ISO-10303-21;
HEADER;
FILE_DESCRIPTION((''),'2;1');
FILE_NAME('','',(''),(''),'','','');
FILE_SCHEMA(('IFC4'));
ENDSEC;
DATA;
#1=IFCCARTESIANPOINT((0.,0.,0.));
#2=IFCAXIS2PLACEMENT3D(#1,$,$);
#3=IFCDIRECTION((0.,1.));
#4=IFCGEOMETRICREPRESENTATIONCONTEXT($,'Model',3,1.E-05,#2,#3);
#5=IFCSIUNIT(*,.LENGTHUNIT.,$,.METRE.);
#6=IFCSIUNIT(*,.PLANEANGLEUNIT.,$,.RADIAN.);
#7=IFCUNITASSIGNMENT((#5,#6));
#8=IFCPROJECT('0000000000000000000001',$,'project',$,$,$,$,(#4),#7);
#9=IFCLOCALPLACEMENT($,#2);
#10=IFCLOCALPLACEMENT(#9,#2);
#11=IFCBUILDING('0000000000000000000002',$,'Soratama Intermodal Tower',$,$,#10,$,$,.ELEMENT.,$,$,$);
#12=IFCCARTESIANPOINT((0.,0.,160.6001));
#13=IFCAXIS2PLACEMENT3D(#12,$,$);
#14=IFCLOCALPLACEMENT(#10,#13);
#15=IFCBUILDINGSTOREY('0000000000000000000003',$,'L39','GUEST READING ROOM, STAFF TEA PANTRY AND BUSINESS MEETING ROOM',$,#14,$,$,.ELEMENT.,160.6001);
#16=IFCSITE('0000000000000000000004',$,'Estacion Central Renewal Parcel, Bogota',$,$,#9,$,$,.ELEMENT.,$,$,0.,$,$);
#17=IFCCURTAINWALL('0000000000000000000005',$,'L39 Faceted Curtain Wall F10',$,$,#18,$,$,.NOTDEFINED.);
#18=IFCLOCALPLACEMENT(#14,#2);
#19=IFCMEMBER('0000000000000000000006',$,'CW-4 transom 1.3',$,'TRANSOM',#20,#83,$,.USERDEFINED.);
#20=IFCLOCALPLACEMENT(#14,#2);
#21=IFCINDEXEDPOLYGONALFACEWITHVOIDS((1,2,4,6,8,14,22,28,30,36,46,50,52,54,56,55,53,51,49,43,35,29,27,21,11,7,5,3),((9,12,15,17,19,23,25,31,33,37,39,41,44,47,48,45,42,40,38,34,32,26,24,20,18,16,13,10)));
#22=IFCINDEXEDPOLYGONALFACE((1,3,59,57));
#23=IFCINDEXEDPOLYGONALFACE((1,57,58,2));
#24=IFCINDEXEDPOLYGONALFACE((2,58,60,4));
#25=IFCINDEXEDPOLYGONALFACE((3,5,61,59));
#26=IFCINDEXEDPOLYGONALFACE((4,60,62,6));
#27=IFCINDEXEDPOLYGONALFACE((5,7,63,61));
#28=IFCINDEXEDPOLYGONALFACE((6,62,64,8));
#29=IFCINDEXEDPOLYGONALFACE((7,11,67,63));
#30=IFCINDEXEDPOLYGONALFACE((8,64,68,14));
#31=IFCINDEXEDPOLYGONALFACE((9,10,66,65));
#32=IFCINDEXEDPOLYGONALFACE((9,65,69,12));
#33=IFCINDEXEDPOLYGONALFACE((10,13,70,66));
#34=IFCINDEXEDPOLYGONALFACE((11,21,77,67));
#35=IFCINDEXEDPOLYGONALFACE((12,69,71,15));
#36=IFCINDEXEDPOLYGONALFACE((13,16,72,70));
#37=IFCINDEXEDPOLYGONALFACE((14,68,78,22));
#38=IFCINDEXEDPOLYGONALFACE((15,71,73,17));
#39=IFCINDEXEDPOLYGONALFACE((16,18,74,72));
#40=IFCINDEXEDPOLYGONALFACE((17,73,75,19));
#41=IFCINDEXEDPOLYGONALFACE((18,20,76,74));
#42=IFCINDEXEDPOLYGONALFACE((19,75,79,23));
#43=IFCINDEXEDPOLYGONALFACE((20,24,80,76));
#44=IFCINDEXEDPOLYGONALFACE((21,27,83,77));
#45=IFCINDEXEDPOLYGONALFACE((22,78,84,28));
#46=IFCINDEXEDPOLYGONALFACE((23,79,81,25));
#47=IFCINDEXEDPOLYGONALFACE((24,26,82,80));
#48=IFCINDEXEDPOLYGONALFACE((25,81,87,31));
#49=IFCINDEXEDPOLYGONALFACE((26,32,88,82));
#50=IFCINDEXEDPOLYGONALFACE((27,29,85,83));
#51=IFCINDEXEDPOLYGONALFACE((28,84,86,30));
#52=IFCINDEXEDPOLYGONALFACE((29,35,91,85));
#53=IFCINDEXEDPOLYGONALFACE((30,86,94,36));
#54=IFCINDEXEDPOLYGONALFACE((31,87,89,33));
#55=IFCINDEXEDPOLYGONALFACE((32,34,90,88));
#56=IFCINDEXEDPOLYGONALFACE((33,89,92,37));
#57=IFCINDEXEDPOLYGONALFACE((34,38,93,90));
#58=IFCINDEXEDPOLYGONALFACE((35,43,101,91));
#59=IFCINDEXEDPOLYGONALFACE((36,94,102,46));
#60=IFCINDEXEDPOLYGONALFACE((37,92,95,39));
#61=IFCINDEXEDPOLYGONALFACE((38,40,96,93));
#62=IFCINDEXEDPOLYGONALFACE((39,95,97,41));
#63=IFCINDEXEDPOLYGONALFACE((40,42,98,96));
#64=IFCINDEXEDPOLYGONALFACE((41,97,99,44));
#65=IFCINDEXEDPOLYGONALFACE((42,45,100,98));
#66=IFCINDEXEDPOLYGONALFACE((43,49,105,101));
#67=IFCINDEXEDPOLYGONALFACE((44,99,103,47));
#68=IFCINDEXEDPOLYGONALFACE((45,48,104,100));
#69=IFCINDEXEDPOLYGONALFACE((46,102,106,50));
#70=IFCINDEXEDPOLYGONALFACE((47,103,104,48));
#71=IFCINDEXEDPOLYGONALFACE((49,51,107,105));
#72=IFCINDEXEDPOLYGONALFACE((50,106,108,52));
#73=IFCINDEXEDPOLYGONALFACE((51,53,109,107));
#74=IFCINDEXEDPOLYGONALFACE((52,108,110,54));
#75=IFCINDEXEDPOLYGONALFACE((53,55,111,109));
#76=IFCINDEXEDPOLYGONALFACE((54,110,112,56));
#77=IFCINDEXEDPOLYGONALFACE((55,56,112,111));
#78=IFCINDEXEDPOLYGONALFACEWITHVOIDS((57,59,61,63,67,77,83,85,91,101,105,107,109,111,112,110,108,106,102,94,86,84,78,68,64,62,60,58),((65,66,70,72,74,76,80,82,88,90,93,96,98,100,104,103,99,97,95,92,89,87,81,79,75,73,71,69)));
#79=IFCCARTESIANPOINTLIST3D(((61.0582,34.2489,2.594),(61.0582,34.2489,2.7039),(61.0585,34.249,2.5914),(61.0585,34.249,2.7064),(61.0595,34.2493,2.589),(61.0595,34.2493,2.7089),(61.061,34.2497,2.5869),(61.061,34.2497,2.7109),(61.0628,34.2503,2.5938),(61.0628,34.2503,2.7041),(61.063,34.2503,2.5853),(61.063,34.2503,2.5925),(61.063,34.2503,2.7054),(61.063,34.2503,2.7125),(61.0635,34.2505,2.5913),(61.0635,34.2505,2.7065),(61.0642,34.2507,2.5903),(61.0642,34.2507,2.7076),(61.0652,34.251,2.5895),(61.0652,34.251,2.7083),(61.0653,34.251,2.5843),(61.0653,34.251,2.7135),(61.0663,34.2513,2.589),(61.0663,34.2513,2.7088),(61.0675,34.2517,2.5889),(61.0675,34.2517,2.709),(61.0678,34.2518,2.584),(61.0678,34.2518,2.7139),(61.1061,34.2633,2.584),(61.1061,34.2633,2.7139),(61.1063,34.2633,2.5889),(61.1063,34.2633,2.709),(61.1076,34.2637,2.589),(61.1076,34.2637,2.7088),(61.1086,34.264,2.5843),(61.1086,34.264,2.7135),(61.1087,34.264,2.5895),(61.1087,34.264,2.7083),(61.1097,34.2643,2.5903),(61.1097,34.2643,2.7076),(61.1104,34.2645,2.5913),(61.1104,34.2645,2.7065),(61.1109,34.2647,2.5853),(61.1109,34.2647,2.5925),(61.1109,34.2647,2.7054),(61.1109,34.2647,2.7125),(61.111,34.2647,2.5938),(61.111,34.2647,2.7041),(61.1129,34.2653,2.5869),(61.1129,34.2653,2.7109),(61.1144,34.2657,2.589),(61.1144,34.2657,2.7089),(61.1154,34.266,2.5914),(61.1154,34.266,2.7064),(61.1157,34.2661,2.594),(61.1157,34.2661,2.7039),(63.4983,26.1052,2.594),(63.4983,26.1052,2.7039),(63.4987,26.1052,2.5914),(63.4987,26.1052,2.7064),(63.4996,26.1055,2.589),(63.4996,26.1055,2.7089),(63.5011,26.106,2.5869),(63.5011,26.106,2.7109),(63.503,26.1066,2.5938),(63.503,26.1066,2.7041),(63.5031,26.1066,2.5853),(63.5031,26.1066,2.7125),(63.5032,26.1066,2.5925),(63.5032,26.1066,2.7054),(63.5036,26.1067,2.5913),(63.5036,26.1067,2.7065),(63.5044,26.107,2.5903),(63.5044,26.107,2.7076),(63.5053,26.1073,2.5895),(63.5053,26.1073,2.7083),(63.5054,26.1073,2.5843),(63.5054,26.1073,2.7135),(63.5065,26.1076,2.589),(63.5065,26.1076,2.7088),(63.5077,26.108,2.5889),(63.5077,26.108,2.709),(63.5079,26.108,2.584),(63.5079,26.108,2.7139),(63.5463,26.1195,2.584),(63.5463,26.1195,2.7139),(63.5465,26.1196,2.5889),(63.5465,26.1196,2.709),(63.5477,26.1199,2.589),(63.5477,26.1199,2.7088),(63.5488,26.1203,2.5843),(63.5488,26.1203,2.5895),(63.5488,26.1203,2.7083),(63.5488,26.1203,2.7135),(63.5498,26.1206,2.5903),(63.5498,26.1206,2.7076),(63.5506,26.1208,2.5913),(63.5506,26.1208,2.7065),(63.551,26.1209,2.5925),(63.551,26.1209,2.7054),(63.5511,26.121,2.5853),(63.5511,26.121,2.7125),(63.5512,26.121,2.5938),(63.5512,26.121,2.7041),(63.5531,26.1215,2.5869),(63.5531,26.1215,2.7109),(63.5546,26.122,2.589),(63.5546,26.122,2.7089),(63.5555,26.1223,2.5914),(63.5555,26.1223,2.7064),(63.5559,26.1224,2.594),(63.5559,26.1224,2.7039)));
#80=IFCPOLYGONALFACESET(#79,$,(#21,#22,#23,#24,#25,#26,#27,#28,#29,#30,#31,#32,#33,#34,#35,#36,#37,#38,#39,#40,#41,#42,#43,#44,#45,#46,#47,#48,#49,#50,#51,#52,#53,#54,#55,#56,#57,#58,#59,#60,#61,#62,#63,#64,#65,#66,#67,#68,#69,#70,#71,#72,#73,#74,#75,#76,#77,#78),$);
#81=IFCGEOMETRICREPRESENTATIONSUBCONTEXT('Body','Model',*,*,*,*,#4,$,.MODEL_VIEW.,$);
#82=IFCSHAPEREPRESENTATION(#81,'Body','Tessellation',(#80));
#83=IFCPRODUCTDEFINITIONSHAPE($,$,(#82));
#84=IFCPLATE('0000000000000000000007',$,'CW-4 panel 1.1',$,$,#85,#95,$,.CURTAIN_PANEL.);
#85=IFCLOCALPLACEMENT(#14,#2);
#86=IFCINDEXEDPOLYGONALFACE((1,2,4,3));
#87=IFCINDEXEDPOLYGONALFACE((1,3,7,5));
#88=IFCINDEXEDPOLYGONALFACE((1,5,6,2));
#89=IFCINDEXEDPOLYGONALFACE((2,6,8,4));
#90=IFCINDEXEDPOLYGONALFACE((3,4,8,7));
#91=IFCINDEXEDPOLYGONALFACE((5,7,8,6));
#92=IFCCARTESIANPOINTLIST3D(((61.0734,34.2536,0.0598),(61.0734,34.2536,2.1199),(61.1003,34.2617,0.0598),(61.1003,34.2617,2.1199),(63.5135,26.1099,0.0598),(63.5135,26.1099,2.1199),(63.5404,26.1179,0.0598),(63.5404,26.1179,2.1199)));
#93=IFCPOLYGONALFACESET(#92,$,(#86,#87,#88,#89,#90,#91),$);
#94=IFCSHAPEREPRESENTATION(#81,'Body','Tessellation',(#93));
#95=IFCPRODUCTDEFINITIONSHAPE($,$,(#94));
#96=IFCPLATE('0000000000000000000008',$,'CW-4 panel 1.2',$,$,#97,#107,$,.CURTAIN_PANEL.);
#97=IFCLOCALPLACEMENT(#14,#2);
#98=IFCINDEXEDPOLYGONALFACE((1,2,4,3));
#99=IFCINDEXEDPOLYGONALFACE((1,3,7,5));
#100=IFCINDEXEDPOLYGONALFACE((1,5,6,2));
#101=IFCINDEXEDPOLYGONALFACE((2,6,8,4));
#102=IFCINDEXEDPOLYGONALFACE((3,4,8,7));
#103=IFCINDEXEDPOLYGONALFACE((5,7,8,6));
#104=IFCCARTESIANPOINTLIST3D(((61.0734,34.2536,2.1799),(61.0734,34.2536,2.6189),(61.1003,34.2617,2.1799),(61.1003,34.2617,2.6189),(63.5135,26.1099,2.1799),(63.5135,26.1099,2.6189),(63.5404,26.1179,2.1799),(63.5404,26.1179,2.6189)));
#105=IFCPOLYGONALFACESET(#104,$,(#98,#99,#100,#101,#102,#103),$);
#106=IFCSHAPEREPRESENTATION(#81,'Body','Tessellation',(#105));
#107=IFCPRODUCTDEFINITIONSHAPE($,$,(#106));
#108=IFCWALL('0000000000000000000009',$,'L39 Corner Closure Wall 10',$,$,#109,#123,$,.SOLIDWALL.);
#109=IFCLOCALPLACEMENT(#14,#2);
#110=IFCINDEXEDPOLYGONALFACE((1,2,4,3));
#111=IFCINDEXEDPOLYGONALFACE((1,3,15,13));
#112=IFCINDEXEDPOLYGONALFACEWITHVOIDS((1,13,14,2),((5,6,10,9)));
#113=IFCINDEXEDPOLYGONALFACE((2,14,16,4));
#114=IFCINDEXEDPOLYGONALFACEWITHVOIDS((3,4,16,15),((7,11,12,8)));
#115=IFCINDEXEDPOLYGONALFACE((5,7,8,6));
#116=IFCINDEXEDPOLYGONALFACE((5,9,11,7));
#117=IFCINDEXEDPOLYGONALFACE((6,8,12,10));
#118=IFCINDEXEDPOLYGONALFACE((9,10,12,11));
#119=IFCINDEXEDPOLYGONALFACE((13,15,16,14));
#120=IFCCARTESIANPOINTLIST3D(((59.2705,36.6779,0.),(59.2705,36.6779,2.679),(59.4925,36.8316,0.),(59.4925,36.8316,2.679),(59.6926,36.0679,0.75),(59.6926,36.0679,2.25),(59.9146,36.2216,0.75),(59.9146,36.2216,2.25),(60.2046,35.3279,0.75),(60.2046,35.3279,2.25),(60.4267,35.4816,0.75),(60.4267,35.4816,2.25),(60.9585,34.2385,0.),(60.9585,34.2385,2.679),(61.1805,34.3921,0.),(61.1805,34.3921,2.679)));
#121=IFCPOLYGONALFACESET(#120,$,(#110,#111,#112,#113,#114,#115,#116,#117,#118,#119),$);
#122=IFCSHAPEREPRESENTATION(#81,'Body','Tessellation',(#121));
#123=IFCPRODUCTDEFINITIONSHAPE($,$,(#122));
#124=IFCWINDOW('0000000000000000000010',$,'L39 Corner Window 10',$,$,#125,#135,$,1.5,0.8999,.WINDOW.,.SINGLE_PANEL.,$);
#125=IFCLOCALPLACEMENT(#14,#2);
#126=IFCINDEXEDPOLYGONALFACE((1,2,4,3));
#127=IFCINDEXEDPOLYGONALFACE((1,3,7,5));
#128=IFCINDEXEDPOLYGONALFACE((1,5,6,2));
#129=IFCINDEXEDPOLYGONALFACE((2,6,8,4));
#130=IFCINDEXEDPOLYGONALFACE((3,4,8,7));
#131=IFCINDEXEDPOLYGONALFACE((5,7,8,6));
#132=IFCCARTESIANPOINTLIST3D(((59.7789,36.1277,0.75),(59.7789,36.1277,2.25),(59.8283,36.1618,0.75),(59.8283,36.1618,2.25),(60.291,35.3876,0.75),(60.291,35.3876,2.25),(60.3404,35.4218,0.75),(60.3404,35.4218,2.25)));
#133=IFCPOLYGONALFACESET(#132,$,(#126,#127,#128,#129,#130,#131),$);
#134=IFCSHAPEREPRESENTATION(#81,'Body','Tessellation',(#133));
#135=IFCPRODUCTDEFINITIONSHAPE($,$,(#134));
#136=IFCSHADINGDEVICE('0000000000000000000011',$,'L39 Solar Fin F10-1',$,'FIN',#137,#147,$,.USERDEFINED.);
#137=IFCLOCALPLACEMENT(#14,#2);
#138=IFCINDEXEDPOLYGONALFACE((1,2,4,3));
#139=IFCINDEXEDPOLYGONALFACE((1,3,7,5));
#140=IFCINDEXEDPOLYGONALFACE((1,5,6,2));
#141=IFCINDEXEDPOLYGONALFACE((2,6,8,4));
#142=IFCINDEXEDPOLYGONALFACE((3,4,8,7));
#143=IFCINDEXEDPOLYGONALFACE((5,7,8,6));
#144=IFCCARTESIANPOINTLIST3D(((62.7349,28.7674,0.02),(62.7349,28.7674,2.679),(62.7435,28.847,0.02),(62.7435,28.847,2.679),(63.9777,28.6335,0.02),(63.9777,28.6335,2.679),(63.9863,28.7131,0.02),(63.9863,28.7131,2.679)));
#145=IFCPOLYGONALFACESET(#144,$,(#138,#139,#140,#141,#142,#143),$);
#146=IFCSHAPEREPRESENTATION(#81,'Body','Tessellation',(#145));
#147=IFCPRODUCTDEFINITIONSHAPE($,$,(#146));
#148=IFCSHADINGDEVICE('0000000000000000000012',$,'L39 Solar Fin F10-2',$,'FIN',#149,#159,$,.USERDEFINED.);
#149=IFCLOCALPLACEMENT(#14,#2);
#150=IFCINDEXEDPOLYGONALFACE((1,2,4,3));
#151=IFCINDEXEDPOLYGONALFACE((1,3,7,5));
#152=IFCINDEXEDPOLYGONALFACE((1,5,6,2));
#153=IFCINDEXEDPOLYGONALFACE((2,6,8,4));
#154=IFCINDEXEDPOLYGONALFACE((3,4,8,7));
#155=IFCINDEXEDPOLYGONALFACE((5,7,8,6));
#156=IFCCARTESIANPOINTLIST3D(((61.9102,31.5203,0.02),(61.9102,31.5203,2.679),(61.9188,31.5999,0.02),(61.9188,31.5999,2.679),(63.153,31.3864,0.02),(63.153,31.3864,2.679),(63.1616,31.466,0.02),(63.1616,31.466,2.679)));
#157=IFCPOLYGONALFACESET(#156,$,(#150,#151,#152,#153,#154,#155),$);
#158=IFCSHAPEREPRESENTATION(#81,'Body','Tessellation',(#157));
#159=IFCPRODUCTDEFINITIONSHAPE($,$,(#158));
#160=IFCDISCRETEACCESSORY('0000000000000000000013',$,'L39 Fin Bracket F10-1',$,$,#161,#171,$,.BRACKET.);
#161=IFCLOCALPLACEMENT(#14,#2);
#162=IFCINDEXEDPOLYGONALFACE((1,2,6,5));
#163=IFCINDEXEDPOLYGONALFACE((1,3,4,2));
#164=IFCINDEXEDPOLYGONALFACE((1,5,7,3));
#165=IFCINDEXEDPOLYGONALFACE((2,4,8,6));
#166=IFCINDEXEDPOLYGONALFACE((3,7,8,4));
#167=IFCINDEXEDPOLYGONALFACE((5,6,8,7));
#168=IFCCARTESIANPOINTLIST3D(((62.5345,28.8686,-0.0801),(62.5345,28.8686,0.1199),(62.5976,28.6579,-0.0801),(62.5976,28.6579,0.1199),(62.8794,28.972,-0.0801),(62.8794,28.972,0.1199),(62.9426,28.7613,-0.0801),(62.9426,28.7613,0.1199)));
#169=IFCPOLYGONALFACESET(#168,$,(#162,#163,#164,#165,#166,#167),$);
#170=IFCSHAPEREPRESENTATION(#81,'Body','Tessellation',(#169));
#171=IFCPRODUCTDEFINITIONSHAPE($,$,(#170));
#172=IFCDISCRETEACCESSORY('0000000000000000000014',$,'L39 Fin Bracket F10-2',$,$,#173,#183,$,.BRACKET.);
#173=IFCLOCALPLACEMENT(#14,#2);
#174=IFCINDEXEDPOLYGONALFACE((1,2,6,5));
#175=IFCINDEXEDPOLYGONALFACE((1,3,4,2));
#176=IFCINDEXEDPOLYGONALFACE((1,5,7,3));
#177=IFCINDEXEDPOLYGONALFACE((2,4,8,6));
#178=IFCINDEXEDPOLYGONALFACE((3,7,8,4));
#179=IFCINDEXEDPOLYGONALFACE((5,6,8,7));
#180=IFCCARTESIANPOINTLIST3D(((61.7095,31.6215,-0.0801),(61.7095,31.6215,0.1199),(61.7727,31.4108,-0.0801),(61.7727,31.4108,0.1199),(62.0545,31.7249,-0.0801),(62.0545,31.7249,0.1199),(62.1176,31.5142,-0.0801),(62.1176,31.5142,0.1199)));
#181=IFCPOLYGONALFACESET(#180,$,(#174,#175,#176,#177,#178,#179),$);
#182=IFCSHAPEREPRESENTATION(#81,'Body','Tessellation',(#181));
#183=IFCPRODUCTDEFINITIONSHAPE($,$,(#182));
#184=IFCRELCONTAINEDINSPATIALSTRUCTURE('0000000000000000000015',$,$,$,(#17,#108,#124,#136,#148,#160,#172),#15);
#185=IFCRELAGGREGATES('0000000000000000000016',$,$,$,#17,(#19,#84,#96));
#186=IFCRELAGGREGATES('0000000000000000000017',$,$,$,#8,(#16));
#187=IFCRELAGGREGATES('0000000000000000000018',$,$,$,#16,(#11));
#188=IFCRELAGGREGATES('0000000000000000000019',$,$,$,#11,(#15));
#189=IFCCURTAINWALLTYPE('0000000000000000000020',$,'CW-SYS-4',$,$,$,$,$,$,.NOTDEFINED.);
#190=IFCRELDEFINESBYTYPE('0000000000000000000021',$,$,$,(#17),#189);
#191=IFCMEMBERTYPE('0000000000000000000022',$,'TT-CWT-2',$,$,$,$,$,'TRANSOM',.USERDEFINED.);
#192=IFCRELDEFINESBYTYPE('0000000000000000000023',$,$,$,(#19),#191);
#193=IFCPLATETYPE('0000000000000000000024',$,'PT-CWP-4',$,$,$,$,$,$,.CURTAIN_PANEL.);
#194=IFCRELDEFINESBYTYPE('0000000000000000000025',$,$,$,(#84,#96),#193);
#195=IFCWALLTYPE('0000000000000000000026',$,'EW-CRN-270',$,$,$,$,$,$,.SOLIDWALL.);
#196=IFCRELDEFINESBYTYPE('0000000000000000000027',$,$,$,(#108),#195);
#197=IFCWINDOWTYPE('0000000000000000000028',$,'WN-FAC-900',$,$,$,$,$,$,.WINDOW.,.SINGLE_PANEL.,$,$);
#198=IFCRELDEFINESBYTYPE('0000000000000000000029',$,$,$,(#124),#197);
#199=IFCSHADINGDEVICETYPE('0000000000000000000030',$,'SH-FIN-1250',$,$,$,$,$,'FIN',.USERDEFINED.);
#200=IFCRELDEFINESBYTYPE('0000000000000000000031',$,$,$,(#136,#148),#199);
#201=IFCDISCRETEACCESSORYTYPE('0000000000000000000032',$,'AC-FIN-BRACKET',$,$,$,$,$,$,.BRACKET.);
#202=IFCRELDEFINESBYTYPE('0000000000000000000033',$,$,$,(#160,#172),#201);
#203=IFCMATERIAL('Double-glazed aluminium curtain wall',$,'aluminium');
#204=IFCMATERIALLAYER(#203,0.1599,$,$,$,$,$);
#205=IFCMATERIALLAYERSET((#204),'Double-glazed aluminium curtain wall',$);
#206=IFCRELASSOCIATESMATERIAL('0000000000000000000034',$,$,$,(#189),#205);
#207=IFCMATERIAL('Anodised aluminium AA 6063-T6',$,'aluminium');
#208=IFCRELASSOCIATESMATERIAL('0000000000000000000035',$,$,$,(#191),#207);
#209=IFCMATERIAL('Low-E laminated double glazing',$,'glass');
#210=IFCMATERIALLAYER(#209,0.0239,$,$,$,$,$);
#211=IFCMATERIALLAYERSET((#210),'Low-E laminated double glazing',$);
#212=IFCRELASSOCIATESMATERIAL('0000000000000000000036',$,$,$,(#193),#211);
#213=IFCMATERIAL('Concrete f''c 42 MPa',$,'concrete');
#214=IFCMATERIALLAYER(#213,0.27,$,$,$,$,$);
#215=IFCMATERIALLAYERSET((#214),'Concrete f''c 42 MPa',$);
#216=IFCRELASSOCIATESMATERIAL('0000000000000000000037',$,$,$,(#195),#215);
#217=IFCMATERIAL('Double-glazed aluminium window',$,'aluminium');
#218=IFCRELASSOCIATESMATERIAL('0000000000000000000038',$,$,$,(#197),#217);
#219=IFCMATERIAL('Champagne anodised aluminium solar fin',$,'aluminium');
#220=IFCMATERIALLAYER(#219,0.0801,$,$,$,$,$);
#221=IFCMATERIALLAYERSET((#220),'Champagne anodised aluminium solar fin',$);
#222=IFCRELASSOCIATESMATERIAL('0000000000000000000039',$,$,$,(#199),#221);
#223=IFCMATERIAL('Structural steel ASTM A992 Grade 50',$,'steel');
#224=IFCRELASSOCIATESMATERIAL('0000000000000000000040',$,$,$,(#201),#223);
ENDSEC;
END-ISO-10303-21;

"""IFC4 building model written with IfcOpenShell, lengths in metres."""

from ifc_helpers import new_model, si_unit, direction, frame, frame_2d, origin, origin_2d, place, context, subcontext, project, spatial, rectangle, hollow_rectangle, extrude, material, layer, layer_set, material_profile, profile_set, type_object, element, fill, aggregate, save


model = new_model("IFC4")

# Units and contexts
model_context = context("Model", 3, precision=1e-05, world=origin(), true_north=direction((0.0, 1.0)))
body_context = subcontext(model_context, "Body", "Model", "MODEL_VIEW")
ifc_project = project(units=[si_unit("LENGTHUNIT", "METRE"), si_unit("PLANEANGLEUNIT", "RADIAN")], contexts=[model_context])

# Site, building, storey
site_placement = place(None, origin())
site = spatial("IfcSite", under=ifc_project, at=site_placement, Name="Estacion Central Renewal Parcel, Bogota", CompositionType="ELEMENT", RefElevation=0.0)
building_placement = place(site_placement, origin())
building = spatial("IfcBuilding", under=site, at=building_placement, Name="Soratama Intermodal Tower", CompositionType="ELEMENT")
storey_placement = place(building_placement, frame((0.0, 0.0, 160.6001)))
storey = spatial("IfcBuildingStorey", under=building, at=storey_placement, Name="L39", Description="GUEST READING ROOM, STAFF TEA PANTRY AND BUSINESS MEETING ROOM", CompositionType="ELEMENT", Elevation=160.6001)

# Curtain wall, member, plates
ifc_material_1 = material(Name="Double-glazed aluminium curtain wall", Category="aluminium")
ifc_layer_1 = layer(ifc_material_1, 0.1599)
ifc_layer_set_1 = layer_set([ifc_layer_1], Name="Double-glazed aluminium curtain wall")
curtain_wall_type = type_object("IfcCurtainWallType", Name="CW-SYS-4", PredefinedType="NOTDEFINED", material=ifc_layer_set_1)
curtain_wall_placement = place(storey_placement, origin())
curtain_wall = element("IfcCurtainWall", 1, at=curtain_wall_placement, inside=storey, type_object=curtain_wall_type, Name="L39 Faceted Curtain Wall F10", PredefinedType="NOTDEFINED")
ifc_material_2 = material(Name="Anodised aluminium AA 6063-T6", Category="aluminium")
ifc_material_profile_1 = material_profile(ifc_material_2, hollow_rectangle(XDim=0.0601, YDim=0.1299, WallThickness=0.0049, InnerFilletRadius=0.0049, OuterFilletRadius=0.01, at=origin_2d()), Name="CWT130X60X5")
ifc_profile_set_1 = profile_set([ifc_material_profile_1], Name="Anodised aluminium AA 6063-T6")
member_type_1 = type_object("IfcMemberType", Name="TT-CWT-2", ElementType="TRANSOM", PredefinedType="USERDEFINED", material=ifc_profile_set_1)
member_1_placement = place(storey_placement, frame((63.5271, 26.1138, 2.6489), z_axis=(-0.287029, 0.957922, 0.0), x_axis=(-0.957922, -0.287029, 0.0)))
member_1 = element("IfcMember", 2, at=member_1_placement, type_object=member_type_1, Name="CW-4 transom 1.3", ObjectType="TRANSOM", PredefinedType="USERDEFINED", context=body_context, shape_type="SweptSolid", body=[
    extrude(hollow_rectangle(XDim=0.0601, YDim=0.1299, WallThickness=0.0049, InnerFilletRadius=0.0049, OuterFilletRadius=0.01, at=origin_2d()), origin(), (0.0, 0.0, 1.0), 8.5015),
])
ifc_material_3 = material(Name="Low-E laminated double glazing", Category="glass")
ifc_layer_2 = layer(ifc_material_3, 0.0239)
ifc_layer_set_2 = layer_set([ifc_layer_2], Name="Low-E laminated double glazing")
plate_type = type_object("IfcPlateType", Name="PT-CWP-4", PredefinedType="CURTAIN_PANEL", material=ifc_layer_set_2)
plate_1_placement = place(storey_placement, frame((62.3069, 30.1858, 0.0598), z_axis=(0.0, 0.0, 1.0), x_axis=(-0.287028, 0.957922, 0.0)))
plate_1 = element("IfcPlate", 3, at=plate_1_placement, type_object=plate_type, Name="CW-4 panel 1.1", PredefinedType="CURTAIN_PANEL", context=body_context, shape_type="SweptSolid", body=[
    extrude(rectangle(XDim=8.5015, YDim=0.0281, at=origin_2d()), origin(), (0.0, 0.0, 1.0), 2.0601),
])
plate_2_placement = place(storey_placement, frame((62.3069, 30.1858, 2.1799), z_axis=(0.0, 0.0, 1.0), x_axis=(-0.287028, 0.957922, 0.0)))
plate_2 = element("IfcPlate", 4, at=plate_2_placement, type_object=plate_type, Name="CW-4 panel 1.2", PredefinedType="CURTAIN_PANEL", context=body_context, shape_type="SweptSolid", body=[
    extrude(rectangle(XDim=8.5015, YDim=0.0281, at=origin_2d()), origin(), (0.0, 0.0, 1.0), 0.439),
])
aggregate(curtain_wall, [member_1, plate_1, plate_2])

# Wall, opening, window
ifc_material_4 = material(Name="Concrete f'c 42 MPa", Category="concrete")
ifc_layer_3 = layer(ifc_material_4, 0.27)
ifc_layer_set_3 = layer_set([ifc_layer_3], Name="Concrete f'c 42 MPa")
wall_type_1 = type_object("IfcWallType", Name="EW-CRN-270", PredefinedType="SOLIDWALL", material=ifc_layer_set_3)
wall_1_placement = place(storey_placement, frame((61.0696, 34.3152, 0.0), z_axis=(0.0, 0.0, 1.0), x_axis=(-0.569013, 0.822328, 0.0)))
wall_1 = element("IfcWall", 5, at=wall_1_placement, inside=storey, type_object=wall_type_1, Name="L39 Corner Closure Wall 10", PredefinedType="SOLIDWALL", context=body_context, shape_type="SweptSolid", body=[
    extrude(rectangle(XDim=2.9666, YDim=0.27, at=frame_2d((1.4834, 0.0))), origin(), (0.0, 0.0, 1.0), 2.679),
])
opening_1_placement = place(wall_1_placement, frame((1.325, 0.0, 0.75)))
opening_1 = element("IfcOpeningElement", 6, at=opening_1_placement, cuts=wall_1, PredefinedType="OPENING", context=body_context, shape_type="SweptSolid", body=[
    extrude(rectangle(XDim=0.8999, YDim=1.5, at=frame_2d((0.45, 0.75))), frame((0.0, 0.145, 0.0), z_axis=(0.0, -1.0, 0.0), x_axis=(1.0, 0.0, 0.0)), (0.0, 0.0, 1.0), 0.29),
])
ifc_material_5 = material(Name="Double-glazed aluminium window", Category="aluminium")
window_type = type_object("IfcWindowType", Name="WN-FAC-900", PartitioningType="SINGLE_PANEL", PredefinedType="WINDOW", material=ifc_material_5)
window_placement = place(opening_1_placement, origin())
window = element("IfcWindow", 7, at=window_placement, inside=storey, type_object=window_type, Name="L39 Corner Window 10", OverallHeight=1.5, OverallWidth=0.8999, PartitioningType="SINGLE_PANEL", PredefinedType="WINDOW", context=body_context, shape_type="SweptSolid", body=[
    extrude(rectangle(XDim=0.8999, YDim=1.5, at=frame_2d((0.45, 0.75))), frame((0.0, 0.03, 0.0), z_axis=(0.0, -1.0, 0.0), x_axis=(1.0, 0.0, 0.0)), (0.0, 0.0, 1.0), 0.0601),
])
fill(opening_1, window)

# Shading devices
ifc_material_6 = material(Name="Champagne anodised aluminium solar fin", Category="aluminium")
ifc_layer_4 = layer(ifc_material_6, 0.0801)
ifc_layer_set_4 = layer_set([ifc_layer_4], Name="Champagne anodised aluminium solar fin")
shading_device_type = type_object("IfcShadingDeviceType", Name="SH-FIN-1250", ElementType="FIN", PredefinedType="USERDEFINED", material=ifc_layer_set_4)
for number, where, z_axis, x_axis, name in (
    (8, (63.3606, 28.7402, 0.02), (0.0, 0.0, 1.0), (0.994245, -0.107132, 0.0), "L39 Solar Fin F10-1"),
    (9, (62.5359, 31.4932, 0.02), (0.0, 0.0, 1.0), (0.994245, -0.107132, 0.0), "L39 Solar Fin F10-2"),
):
    element("IfcShadingDevice", number, at=place(storey_placement, frame(where, z_axis=z_axis, x_axis=x_axis)), inside=storey, type_object=shading_device_type, Name=name, ObjectType="FIN", PredefinedType="USERDEFINED", context=body_context, shape_type="SweptSolid", body=[
        extrude(rectangle(XDim=1.25, YDim=0.0801, at=origin_2d()), origin(), (0.0, 0.0, 1.0), 2.6589),
    ])

# Discrete accessories
ifc_material_7 = material(Name="Structural steel ASTM A992 Grade 50", Category="steel")
discrete_accessory_type = type_object("IfcDiscreteAccessoryType", Name="AC-FIN-BRACKET", PredefinedType="BRACKET", material=ifc_material_7)
for number, where, z_axis, x_axis, name in (
    (10, (62.7385, 28.8149, -0.0801), (0.0, 0.0, 1.0), (0.957923, 0.287026, 0.0), "L39 Fin Bracket F10-1"),
    (11, (61.9136, 31.5679, -0.0801), (0.0, 0.0, 1.0), (0.957923, 0.287026, 0.0), "L39 Fin Bracket F10-2"),
):
    element("IfcDiscreteAccessory", number, at=place(storey_placement, frame(where, z_axis=z_axis, x_axis=x_axis)), inside=storey, type_object=discrete_accessory_type, Name=name, PredefinedType="BRACKET", context=body_context, shape_type="SweptSolid", body=[
        extrude(rectangle(XDim=0.3601, YDim=0.22, at=origin_2d()), origin(), (0.0, 0.0, 1.0), 0.2),
    ])

save(model, "model.ifc")
